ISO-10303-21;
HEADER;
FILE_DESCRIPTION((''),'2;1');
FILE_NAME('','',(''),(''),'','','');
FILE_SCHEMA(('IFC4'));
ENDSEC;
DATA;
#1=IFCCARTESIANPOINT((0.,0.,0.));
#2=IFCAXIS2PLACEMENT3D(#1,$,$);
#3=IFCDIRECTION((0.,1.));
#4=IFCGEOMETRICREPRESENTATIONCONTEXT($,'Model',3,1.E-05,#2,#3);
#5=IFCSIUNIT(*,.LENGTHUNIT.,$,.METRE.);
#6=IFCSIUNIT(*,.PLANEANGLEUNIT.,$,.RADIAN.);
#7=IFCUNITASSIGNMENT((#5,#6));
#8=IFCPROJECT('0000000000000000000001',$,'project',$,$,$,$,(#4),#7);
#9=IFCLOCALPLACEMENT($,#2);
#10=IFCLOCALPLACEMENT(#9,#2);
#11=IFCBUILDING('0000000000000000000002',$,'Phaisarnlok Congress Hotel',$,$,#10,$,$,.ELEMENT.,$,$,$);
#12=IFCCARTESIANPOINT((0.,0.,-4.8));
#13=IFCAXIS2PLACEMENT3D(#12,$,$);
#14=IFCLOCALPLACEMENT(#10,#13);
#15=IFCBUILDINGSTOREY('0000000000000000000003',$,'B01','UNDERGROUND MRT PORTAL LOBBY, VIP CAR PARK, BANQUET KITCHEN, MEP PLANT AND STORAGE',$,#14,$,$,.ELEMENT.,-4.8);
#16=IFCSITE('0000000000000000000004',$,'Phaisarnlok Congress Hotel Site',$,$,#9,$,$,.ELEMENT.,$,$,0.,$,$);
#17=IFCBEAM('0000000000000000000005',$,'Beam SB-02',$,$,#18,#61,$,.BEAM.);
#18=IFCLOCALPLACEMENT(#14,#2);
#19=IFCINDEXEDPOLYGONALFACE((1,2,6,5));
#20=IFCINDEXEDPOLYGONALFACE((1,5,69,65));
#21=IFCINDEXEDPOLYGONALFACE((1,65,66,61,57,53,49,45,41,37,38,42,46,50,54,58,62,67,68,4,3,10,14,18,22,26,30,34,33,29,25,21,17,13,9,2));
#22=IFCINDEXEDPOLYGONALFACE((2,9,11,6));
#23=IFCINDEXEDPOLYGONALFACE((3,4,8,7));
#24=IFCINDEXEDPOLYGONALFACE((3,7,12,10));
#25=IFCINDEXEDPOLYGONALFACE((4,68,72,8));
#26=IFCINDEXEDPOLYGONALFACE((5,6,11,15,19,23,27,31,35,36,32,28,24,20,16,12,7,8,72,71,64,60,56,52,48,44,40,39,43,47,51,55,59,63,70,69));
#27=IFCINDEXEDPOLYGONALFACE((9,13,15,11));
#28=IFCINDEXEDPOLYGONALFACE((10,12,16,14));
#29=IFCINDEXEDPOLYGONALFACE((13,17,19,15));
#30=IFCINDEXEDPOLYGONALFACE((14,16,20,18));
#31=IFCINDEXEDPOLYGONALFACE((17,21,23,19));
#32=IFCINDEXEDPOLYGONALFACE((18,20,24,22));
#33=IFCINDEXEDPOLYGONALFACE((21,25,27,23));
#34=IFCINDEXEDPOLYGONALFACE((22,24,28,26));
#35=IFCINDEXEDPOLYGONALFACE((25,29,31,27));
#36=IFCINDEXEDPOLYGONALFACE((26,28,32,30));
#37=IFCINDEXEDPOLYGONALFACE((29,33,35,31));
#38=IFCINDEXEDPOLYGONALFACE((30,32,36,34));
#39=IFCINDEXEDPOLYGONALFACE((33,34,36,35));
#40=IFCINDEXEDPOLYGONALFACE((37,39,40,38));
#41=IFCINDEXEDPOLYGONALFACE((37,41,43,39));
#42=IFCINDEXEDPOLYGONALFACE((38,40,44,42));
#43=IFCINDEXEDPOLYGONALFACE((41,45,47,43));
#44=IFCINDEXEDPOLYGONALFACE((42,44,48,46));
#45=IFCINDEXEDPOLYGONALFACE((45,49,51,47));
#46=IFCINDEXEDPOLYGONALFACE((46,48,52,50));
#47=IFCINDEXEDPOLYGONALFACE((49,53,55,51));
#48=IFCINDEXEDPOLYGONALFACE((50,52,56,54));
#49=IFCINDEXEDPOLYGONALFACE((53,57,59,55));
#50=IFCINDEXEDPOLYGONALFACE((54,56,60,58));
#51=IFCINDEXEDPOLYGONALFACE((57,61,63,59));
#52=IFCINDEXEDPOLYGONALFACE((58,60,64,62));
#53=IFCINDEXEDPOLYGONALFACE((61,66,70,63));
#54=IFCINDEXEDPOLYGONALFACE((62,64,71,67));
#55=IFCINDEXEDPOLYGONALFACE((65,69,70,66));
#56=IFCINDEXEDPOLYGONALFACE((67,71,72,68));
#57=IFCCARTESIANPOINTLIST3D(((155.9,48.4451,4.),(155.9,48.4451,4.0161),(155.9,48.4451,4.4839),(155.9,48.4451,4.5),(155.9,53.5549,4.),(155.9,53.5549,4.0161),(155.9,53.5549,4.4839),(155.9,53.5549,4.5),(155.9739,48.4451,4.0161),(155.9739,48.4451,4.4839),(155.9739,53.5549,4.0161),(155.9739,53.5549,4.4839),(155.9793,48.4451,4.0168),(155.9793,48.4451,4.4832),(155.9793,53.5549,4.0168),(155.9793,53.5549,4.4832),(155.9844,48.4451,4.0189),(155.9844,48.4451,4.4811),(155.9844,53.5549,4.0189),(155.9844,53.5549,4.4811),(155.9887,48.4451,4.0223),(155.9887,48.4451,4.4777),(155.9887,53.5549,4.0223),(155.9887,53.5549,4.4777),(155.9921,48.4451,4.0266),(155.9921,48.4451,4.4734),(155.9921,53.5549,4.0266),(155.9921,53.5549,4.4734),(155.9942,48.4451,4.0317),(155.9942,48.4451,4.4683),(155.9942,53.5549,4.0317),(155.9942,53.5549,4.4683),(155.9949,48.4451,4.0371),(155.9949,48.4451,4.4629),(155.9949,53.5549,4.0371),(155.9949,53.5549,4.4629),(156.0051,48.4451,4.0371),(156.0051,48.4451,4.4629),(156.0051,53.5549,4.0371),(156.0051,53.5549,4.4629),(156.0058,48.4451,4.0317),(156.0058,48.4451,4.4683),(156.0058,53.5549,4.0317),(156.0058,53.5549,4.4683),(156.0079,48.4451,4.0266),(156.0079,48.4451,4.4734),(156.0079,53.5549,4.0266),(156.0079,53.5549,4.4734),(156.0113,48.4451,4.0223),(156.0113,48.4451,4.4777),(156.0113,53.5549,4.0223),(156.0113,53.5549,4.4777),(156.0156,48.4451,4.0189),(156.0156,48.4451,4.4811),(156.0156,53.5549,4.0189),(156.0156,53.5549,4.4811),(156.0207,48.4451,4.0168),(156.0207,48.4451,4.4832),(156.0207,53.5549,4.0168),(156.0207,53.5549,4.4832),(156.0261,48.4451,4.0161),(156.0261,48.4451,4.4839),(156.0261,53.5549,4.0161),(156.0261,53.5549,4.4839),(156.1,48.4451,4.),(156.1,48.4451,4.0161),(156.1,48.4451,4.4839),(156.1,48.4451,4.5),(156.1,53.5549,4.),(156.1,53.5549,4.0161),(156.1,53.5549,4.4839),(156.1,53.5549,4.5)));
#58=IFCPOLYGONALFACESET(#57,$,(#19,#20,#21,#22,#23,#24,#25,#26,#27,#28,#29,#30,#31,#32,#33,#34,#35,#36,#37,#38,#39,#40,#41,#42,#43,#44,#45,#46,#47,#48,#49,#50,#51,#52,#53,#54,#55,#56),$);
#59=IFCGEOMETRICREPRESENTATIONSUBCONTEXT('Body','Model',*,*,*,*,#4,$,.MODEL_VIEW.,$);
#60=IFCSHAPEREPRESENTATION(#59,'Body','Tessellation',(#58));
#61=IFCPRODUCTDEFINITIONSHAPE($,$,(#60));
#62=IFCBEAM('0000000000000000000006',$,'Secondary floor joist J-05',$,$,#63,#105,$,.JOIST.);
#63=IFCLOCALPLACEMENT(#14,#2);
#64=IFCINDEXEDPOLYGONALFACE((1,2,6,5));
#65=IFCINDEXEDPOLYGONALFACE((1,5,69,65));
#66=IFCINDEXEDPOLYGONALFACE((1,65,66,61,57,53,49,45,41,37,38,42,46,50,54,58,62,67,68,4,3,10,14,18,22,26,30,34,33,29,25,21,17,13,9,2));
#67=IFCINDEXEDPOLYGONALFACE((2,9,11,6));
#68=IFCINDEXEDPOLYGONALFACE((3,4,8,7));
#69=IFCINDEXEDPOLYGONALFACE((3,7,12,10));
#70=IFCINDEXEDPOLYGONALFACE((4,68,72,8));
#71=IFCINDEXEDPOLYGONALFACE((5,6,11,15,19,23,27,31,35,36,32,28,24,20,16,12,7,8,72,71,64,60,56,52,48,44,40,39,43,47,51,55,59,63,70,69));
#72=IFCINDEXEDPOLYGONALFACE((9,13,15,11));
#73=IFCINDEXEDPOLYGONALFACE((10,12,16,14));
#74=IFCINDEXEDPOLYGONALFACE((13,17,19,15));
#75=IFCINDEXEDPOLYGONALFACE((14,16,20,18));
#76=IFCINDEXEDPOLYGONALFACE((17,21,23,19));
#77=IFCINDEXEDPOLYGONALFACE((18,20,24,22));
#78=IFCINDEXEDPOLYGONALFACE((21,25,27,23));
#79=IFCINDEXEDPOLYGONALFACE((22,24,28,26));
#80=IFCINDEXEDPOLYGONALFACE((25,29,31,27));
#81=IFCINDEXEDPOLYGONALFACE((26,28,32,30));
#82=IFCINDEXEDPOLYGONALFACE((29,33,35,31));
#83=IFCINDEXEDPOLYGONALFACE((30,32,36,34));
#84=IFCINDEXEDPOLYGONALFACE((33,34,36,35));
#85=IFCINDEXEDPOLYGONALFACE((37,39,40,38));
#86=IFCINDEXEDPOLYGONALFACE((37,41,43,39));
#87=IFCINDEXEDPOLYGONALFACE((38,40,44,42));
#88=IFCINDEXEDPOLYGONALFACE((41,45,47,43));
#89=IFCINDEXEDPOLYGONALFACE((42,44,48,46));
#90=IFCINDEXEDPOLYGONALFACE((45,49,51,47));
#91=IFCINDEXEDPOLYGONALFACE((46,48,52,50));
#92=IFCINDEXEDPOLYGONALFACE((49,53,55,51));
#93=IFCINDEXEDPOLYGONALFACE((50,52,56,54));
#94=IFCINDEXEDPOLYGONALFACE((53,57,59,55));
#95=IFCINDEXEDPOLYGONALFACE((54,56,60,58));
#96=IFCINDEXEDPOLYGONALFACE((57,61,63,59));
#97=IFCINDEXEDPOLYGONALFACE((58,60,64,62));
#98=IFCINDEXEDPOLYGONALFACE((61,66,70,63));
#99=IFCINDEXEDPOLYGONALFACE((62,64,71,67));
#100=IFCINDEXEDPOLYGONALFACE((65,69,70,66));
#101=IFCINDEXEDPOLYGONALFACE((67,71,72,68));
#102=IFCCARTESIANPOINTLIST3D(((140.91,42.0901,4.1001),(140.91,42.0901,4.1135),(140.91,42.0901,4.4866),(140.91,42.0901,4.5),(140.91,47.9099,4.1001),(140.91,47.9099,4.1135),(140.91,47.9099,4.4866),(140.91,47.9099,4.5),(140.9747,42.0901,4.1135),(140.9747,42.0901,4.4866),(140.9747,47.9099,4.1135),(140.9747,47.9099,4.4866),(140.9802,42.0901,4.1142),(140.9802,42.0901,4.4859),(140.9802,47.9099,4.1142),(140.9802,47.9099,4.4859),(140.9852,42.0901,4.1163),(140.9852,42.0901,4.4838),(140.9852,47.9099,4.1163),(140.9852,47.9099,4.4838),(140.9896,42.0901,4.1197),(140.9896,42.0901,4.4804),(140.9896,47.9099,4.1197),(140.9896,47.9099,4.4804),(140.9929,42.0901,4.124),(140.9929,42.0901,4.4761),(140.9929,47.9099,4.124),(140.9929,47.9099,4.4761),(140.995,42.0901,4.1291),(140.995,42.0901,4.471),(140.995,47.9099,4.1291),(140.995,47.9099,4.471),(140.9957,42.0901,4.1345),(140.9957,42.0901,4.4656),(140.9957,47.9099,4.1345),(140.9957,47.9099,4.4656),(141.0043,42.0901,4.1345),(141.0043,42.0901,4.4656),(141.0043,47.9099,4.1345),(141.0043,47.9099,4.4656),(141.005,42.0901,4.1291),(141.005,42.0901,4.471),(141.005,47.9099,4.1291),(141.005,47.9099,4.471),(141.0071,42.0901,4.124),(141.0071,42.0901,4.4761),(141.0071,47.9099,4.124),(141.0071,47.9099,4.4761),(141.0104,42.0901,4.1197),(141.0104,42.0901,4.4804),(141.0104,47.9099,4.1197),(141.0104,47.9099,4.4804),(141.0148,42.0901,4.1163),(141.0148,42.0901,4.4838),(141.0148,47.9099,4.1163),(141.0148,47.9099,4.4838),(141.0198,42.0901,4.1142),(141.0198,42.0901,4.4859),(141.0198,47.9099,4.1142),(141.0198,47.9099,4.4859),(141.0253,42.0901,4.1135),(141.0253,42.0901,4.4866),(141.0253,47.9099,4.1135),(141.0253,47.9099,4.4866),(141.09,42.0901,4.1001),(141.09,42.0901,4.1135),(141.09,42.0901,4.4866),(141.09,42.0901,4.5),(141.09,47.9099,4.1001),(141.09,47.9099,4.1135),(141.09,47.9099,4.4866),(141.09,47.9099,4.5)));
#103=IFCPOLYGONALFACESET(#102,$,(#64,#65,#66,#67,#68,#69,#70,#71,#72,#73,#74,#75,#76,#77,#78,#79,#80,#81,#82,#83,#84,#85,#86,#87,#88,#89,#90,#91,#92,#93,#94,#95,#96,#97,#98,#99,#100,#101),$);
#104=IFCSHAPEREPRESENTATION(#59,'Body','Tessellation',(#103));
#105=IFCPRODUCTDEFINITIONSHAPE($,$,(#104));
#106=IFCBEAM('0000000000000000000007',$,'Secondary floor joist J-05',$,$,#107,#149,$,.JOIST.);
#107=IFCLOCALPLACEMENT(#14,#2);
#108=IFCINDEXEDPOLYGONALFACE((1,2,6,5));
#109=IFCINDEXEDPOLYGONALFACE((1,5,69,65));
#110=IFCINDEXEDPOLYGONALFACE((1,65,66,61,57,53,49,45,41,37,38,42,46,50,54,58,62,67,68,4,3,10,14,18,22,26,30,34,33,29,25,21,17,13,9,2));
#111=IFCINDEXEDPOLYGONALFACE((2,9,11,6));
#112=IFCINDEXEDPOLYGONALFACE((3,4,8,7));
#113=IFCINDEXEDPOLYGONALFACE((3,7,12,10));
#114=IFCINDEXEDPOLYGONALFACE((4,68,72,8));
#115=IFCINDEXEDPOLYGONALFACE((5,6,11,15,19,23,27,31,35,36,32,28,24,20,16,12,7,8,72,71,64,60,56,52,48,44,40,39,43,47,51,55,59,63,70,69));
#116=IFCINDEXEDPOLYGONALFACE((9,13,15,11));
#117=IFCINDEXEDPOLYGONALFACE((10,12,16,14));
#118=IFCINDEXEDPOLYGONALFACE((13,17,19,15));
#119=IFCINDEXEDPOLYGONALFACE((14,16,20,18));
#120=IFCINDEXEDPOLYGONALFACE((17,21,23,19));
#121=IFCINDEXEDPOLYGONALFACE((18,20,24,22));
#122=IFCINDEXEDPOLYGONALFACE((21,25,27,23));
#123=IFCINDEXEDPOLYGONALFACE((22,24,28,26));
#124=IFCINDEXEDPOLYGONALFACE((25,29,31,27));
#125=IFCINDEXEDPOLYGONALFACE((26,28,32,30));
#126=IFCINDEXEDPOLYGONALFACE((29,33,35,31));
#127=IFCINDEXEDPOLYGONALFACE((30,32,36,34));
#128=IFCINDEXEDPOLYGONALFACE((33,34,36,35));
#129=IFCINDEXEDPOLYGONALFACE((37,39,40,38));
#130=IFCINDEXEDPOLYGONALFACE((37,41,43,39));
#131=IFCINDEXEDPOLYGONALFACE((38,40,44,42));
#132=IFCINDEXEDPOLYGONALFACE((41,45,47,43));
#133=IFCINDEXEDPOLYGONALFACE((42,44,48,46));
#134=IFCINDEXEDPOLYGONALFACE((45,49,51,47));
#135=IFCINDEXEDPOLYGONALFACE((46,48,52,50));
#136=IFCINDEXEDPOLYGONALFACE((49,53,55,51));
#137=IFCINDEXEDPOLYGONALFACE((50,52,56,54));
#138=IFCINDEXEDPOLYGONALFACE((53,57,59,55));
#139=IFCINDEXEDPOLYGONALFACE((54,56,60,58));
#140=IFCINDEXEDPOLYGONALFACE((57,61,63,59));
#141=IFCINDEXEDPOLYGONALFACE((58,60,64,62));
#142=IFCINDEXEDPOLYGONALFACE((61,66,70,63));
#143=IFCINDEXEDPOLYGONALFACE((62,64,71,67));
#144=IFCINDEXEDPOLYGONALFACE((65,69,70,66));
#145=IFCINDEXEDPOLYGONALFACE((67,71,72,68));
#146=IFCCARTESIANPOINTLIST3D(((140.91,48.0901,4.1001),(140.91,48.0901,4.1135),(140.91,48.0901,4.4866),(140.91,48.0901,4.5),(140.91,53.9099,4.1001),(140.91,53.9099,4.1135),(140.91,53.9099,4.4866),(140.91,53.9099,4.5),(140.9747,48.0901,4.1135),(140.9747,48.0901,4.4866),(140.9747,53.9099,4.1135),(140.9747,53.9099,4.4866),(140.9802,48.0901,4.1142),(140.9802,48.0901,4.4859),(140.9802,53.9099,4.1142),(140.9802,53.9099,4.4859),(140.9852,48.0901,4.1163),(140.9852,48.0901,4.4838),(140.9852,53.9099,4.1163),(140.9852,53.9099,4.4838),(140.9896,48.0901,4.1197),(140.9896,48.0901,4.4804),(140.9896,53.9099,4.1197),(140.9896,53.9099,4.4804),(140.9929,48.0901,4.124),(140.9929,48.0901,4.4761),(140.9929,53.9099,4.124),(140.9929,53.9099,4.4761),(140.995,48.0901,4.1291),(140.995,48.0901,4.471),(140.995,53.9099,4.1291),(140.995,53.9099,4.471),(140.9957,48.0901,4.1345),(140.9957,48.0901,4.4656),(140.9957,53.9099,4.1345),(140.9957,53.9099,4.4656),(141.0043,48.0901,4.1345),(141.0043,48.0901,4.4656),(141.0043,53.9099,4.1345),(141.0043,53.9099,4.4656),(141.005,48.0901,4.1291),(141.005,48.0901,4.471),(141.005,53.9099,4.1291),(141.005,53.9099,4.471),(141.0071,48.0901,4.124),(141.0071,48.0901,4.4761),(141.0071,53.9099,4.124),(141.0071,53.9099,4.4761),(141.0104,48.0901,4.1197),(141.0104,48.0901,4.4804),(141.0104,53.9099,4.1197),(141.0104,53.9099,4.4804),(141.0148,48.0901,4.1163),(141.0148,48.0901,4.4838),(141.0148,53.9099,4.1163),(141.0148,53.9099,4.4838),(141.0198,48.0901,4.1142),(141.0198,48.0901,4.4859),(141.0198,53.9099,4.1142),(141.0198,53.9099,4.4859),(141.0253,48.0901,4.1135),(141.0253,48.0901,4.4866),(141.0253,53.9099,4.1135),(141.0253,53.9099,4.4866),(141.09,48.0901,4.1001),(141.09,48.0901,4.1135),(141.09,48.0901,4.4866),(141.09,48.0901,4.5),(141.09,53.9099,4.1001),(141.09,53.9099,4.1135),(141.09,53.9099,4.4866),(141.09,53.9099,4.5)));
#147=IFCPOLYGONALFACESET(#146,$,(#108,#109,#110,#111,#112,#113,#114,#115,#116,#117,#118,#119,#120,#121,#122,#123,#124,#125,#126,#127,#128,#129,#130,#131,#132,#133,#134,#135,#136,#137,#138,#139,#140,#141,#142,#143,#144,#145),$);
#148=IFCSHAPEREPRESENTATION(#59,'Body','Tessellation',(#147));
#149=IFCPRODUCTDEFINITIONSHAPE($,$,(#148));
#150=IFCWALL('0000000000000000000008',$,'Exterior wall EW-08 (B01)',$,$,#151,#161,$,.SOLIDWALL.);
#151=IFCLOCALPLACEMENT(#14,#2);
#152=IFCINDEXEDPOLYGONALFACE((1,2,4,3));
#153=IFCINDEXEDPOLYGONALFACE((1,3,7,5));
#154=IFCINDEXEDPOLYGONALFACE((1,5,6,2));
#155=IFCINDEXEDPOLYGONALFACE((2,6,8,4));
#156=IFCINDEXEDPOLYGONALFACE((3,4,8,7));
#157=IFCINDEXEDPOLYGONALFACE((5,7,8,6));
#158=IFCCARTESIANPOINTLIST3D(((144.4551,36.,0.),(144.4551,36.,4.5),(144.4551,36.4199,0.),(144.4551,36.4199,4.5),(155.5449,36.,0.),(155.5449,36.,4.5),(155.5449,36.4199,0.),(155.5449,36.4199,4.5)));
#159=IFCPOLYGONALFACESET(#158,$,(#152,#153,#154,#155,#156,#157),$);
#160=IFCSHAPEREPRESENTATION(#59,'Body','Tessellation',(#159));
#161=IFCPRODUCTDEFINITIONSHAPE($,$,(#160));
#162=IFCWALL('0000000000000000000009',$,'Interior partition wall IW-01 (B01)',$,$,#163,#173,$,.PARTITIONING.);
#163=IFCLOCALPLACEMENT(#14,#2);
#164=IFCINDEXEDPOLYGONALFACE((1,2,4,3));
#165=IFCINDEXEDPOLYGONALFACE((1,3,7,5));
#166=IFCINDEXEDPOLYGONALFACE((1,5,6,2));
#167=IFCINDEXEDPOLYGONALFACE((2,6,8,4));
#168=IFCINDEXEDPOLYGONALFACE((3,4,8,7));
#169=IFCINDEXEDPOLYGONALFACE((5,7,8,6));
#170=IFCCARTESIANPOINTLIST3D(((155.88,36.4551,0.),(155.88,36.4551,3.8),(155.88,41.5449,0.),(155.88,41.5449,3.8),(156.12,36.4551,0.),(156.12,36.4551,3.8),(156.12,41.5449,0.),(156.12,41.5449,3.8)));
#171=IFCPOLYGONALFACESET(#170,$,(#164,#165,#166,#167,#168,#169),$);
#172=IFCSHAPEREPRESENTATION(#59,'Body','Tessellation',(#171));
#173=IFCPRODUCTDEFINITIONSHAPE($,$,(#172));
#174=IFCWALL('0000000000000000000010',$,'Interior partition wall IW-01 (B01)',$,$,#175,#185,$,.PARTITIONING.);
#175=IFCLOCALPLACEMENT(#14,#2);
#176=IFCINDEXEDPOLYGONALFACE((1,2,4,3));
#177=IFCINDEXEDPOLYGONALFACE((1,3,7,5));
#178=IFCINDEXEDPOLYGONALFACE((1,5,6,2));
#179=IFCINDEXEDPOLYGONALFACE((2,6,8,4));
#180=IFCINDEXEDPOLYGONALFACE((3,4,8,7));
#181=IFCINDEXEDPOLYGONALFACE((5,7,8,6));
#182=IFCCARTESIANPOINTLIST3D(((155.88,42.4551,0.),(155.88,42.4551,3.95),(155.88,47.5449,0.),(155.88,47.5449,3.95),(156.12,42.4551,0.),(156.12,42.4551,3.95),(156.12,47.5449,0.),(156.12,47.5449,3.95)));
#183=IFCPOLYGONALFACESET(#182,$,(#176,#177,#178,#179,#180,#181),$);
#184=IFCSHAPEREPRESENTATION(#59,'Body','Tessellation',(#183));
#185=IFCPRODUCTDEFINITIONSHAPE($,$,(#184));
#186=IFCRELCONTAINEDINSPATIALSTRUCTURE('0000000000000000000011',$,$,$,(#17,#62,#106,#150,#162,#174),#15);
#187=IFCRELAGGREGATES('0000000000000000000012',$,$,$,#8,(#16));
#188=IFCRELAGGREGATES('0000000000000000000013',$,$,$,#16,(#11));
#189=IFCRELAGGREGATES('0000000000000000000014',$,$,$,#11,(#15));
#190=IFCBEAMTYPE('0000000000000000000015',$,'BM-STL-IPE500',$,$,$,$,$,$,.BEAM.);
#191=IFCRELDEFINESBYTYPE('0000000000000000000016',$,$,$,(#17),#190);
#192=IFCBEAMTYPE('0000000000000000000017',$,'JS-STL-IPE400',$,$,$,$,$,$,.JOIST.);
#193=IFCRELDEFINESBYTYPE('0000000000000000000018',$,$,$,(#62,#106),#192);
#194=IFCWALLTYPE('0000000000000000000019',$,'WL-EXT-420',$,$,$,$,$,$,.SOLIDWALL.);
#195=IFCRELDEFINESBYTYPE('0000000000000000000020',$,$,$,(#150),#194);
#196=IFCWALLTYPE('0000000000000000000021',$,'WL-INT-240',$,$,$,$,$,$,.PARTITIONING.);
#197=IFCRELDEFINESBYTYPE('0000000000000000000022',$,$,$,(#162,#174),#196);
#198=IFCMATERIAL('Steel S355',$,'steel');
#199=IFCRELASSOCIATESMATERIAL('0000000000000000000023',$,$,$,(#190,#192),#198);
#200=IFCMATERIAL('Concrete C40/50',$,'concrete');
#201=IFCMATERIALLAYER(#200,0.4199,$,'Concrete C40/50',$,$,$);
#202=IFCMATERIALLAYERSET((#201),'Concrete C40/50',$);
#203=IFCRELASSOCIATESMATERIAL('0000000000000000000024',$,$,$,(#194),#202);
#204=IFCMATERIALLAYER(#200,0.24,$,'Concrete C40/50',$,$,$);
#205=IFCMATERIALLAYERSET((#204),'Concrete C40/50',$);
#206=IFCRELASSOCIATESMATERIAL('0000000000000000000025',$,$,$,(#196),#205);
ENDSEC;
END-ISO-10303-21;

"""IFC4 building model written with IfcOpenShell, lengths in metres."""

from ifc_helpers import new_model, si_unit, direction, frame, frame_2d, origin, origin_2d, place, context, subcontext, project, spatial, rectangle, i_section, extrude, material, layer, layer_set, material_profile, profile_set, type_object, element, save


model = new_model("IFC4")

# Units and contexts
model_context = context("Model", 3, precision=1e-05, world=origin(), true_north=direction((0.0, 1.0)))
body_context = subcontext(model_context, "Body", "Model", "MODEL_VIEW")
ifc_project = project(units=[si_unit("LENGTHUNIT", "METRE"), si_unit("PLANEANGLEUNIT", "RADIAN")], contexts=[model_context])

# Site, building, storey
site_placement = place(None, origin())
site = spatial("IfcSite", under=ifc_project, at=site_placement, Name="Phaisarnlok Congress Hotel Site", CompositionType="ELEMENT", RefElevation=0.0)
building_placement = place(site_placement, origin())
building = spatial("IfcBuilding", under=site, at=building_placement, Name="Phaisarnlok Congress Hotel", CompositionType="ELEMENT")
storey_placement = place(building_placement, frame((0.0, 0.0, -4.8)))
storey = spatial("IfcBuildingStorey", under=building, at=storey_placement, Name="B01", Description="UNDERGROUND MRT PORTAL LOBBY, VIP CAR PARK, BANQUET KITCHEN, MEP PLANT AND STORAGE", CompositionType="ELEMENT", Elevation=-4.8)

# Shared definitions
ifc_material_1 = material(Name="Concrete C40/50", Category="concrete")

# Beams
ifc_material_2 = material(Name="Steel S355", Category="steel")
ifc_material_profile_1 = material_profile(ifc_material_2, i_section(OverallWidth=0.2, OverallDepth=0.5, WebThickness=0.0103, FlangeThickness=0.0161, FilletRadius=0.021, at=origin_2d()), Name="IPE 500")
ifc_profile_set_1 = profile_set([ifc_material_profile_1], Name="Steel S355")
beam_type_1 = type_object("IfcBeamType", Name="BM-STL-IPE500", PredefinedType="BEAM", material=ifc_profile_set_1)
for number, where, z_axis, x_axis, name in (
    (1, (156.0, 48.4451, 4.25), (0.0, 1.0, 0.0), (-1.0, 0.0, 0.0), "Beam SB-02"),
):
    element("IfcBeam", number, at=place(storey_placement, frame(where, z_axis=z_axis, x_axis=x_axis)), inside=storey, type_object=beam_type_1, Name=name, PredefinedType="BEAM", context=body_context, shape_type="SweptSolid", body=[
        extrude(i_section(OverallWidth=0.2, OverallDepth=0.5, WebThickness=0.0103, FlangeThickness=0.0161, FilletRadius=0.021, at=origin_2d()), origin(), (0.0, 0.0, 1.0), 5.1099),
    ])
ifc_material_profile_2 = material_profile(ifc_material_2, i_section(OverallWidth=0.1799, OverallDepth=0.3999, WebThickness=0.0085, FlangeThickness=0.0134, FilletRadius=0.021, at=origin_2d()), Name="IPE 400")
ifc_profile_set_2 = profile_set([ifc_material_profile_2], Name="Steel S355")
beam_type_2 = type_object("IfcBeamType", Name="JS-STL-IPE400", PredefinedType="JOIST", material=ifc_profile_set_2)
for number, where, z_axis, x_axis, name in (
    (2, (141.0, 42.0901, 4.3), (0.0, 1.0, 0.0), (-1.0, 0.0, 0.0), "Secondary floor joist J-05"),
    (3, (141.0, 48.0901, 4.3), (0.0, 1.0, 0.0), (-1.0, 0.0, 0.0), "Secondary floor joist J-05"),
):
    element("IfcBeam", number, at=place(storey_placement, frame(where, z_axis=z_axis, x_axis=x_axis)), inside=storey, type_object=beam_type_2, Name=name, PredefinedType="JOIST", context=body_context, shape_type="SweptSolid", body=[
        extrude(i_section(OverallWidth=0.1799, OverallDepth=0.3999, WebThickness=0.0085, FlangeThickness=0.0134, FilletRadius=0.021, at=origin_2d()), origin(), (0.0, 0.0, 1.0), 5.8198),
    ])

# Walls
ifc_layer_1 = layer(ifc_material_1, 0.4199, Name="Concrete C40/50")
ifc_layer_set_1 = layer_set([ifc_layer_1], Name="Concrete C40/50")
wall_type_1 = type_object("IfcWallType", Name="WL-EXT-420", PredefinedType="SOLIDWALL", material=ifc_layer_set_1)
wall_1_placement = place(storey_placement, frame((144.4551, 36.21, 0.0), z_axis=(0.0, 0.0, 1.0), x_axis=(1.0, 0.0, 0.0)))
element("IfcWall", 4, at=wall_1_placement, inside=storey, type_object=wall_type_1, Name="Exterior wall EW-08 (B01)", PredefinedType="SOLIDWALL", context=body_context, shape_type="SweptSolid", body=[
    extrude(rectangle(XDim=11.0898, YDim=0.4199, at=frame_2d((5.5449, 0.0))), origin(), (0.0, 0.0, 1.0), 4.5),
])
ifc_layer_2 = layer(ifc_material_1, 0.24, Name="Concrete C40/50")
ifc_layer_set_2 = layer_set([ifc_layer_2], Name="Concrete C40/50")
wall_type_2 = type_object("IfcWallType", Name="WL-INT-240", PredefinedType="PARTITIONING", material=ifc_layer_set_2)
wall_2_placement = place(storey_placement, frame((156.0, 36.4551, 0.0), z_axis=(0.0, 0.0, 1.0), x_axis=(0.0, 1.0, 0.0)))
element("IfcWall", 5, at=wall_2_placement, inside=storey, type_object=wall_type_2, Name="Interior partition wall IW-01 (B01)", PredefinedType="PARTITIONING", context=body_context, shape_type="SweptSolid", body=[
    extrude(rectangle(XDim=5.0898, YDim=0.24, at=frame_2d((2.5449, 0.0))), origin(), (0.0, 0.0, 1.0), 3.8),
])
wall_3_placement = place(storey_placement, frame((156.0, 42.4551, 0.0), z_axis=(0.0, 0.0, 1.0), x_axis=(0.0, 1.0, 0.0)))
element("IfcWall", 6, at=wall_3_placement, inside=storey, type_object=wall_type_2, Name="Interior partition wall IW-01 (B01)", PredefinedType="PARTITIONING", context=body_context, shape_type="SweptSolid", body=[
    extrude(rectangle(XDim=5.0898, YDim=0.24, at=frame_2d((2.5449, 0.0))), origin(), (0.0, 0.0, 1.0), 3.95),
])

save(model, "model.ifc")
